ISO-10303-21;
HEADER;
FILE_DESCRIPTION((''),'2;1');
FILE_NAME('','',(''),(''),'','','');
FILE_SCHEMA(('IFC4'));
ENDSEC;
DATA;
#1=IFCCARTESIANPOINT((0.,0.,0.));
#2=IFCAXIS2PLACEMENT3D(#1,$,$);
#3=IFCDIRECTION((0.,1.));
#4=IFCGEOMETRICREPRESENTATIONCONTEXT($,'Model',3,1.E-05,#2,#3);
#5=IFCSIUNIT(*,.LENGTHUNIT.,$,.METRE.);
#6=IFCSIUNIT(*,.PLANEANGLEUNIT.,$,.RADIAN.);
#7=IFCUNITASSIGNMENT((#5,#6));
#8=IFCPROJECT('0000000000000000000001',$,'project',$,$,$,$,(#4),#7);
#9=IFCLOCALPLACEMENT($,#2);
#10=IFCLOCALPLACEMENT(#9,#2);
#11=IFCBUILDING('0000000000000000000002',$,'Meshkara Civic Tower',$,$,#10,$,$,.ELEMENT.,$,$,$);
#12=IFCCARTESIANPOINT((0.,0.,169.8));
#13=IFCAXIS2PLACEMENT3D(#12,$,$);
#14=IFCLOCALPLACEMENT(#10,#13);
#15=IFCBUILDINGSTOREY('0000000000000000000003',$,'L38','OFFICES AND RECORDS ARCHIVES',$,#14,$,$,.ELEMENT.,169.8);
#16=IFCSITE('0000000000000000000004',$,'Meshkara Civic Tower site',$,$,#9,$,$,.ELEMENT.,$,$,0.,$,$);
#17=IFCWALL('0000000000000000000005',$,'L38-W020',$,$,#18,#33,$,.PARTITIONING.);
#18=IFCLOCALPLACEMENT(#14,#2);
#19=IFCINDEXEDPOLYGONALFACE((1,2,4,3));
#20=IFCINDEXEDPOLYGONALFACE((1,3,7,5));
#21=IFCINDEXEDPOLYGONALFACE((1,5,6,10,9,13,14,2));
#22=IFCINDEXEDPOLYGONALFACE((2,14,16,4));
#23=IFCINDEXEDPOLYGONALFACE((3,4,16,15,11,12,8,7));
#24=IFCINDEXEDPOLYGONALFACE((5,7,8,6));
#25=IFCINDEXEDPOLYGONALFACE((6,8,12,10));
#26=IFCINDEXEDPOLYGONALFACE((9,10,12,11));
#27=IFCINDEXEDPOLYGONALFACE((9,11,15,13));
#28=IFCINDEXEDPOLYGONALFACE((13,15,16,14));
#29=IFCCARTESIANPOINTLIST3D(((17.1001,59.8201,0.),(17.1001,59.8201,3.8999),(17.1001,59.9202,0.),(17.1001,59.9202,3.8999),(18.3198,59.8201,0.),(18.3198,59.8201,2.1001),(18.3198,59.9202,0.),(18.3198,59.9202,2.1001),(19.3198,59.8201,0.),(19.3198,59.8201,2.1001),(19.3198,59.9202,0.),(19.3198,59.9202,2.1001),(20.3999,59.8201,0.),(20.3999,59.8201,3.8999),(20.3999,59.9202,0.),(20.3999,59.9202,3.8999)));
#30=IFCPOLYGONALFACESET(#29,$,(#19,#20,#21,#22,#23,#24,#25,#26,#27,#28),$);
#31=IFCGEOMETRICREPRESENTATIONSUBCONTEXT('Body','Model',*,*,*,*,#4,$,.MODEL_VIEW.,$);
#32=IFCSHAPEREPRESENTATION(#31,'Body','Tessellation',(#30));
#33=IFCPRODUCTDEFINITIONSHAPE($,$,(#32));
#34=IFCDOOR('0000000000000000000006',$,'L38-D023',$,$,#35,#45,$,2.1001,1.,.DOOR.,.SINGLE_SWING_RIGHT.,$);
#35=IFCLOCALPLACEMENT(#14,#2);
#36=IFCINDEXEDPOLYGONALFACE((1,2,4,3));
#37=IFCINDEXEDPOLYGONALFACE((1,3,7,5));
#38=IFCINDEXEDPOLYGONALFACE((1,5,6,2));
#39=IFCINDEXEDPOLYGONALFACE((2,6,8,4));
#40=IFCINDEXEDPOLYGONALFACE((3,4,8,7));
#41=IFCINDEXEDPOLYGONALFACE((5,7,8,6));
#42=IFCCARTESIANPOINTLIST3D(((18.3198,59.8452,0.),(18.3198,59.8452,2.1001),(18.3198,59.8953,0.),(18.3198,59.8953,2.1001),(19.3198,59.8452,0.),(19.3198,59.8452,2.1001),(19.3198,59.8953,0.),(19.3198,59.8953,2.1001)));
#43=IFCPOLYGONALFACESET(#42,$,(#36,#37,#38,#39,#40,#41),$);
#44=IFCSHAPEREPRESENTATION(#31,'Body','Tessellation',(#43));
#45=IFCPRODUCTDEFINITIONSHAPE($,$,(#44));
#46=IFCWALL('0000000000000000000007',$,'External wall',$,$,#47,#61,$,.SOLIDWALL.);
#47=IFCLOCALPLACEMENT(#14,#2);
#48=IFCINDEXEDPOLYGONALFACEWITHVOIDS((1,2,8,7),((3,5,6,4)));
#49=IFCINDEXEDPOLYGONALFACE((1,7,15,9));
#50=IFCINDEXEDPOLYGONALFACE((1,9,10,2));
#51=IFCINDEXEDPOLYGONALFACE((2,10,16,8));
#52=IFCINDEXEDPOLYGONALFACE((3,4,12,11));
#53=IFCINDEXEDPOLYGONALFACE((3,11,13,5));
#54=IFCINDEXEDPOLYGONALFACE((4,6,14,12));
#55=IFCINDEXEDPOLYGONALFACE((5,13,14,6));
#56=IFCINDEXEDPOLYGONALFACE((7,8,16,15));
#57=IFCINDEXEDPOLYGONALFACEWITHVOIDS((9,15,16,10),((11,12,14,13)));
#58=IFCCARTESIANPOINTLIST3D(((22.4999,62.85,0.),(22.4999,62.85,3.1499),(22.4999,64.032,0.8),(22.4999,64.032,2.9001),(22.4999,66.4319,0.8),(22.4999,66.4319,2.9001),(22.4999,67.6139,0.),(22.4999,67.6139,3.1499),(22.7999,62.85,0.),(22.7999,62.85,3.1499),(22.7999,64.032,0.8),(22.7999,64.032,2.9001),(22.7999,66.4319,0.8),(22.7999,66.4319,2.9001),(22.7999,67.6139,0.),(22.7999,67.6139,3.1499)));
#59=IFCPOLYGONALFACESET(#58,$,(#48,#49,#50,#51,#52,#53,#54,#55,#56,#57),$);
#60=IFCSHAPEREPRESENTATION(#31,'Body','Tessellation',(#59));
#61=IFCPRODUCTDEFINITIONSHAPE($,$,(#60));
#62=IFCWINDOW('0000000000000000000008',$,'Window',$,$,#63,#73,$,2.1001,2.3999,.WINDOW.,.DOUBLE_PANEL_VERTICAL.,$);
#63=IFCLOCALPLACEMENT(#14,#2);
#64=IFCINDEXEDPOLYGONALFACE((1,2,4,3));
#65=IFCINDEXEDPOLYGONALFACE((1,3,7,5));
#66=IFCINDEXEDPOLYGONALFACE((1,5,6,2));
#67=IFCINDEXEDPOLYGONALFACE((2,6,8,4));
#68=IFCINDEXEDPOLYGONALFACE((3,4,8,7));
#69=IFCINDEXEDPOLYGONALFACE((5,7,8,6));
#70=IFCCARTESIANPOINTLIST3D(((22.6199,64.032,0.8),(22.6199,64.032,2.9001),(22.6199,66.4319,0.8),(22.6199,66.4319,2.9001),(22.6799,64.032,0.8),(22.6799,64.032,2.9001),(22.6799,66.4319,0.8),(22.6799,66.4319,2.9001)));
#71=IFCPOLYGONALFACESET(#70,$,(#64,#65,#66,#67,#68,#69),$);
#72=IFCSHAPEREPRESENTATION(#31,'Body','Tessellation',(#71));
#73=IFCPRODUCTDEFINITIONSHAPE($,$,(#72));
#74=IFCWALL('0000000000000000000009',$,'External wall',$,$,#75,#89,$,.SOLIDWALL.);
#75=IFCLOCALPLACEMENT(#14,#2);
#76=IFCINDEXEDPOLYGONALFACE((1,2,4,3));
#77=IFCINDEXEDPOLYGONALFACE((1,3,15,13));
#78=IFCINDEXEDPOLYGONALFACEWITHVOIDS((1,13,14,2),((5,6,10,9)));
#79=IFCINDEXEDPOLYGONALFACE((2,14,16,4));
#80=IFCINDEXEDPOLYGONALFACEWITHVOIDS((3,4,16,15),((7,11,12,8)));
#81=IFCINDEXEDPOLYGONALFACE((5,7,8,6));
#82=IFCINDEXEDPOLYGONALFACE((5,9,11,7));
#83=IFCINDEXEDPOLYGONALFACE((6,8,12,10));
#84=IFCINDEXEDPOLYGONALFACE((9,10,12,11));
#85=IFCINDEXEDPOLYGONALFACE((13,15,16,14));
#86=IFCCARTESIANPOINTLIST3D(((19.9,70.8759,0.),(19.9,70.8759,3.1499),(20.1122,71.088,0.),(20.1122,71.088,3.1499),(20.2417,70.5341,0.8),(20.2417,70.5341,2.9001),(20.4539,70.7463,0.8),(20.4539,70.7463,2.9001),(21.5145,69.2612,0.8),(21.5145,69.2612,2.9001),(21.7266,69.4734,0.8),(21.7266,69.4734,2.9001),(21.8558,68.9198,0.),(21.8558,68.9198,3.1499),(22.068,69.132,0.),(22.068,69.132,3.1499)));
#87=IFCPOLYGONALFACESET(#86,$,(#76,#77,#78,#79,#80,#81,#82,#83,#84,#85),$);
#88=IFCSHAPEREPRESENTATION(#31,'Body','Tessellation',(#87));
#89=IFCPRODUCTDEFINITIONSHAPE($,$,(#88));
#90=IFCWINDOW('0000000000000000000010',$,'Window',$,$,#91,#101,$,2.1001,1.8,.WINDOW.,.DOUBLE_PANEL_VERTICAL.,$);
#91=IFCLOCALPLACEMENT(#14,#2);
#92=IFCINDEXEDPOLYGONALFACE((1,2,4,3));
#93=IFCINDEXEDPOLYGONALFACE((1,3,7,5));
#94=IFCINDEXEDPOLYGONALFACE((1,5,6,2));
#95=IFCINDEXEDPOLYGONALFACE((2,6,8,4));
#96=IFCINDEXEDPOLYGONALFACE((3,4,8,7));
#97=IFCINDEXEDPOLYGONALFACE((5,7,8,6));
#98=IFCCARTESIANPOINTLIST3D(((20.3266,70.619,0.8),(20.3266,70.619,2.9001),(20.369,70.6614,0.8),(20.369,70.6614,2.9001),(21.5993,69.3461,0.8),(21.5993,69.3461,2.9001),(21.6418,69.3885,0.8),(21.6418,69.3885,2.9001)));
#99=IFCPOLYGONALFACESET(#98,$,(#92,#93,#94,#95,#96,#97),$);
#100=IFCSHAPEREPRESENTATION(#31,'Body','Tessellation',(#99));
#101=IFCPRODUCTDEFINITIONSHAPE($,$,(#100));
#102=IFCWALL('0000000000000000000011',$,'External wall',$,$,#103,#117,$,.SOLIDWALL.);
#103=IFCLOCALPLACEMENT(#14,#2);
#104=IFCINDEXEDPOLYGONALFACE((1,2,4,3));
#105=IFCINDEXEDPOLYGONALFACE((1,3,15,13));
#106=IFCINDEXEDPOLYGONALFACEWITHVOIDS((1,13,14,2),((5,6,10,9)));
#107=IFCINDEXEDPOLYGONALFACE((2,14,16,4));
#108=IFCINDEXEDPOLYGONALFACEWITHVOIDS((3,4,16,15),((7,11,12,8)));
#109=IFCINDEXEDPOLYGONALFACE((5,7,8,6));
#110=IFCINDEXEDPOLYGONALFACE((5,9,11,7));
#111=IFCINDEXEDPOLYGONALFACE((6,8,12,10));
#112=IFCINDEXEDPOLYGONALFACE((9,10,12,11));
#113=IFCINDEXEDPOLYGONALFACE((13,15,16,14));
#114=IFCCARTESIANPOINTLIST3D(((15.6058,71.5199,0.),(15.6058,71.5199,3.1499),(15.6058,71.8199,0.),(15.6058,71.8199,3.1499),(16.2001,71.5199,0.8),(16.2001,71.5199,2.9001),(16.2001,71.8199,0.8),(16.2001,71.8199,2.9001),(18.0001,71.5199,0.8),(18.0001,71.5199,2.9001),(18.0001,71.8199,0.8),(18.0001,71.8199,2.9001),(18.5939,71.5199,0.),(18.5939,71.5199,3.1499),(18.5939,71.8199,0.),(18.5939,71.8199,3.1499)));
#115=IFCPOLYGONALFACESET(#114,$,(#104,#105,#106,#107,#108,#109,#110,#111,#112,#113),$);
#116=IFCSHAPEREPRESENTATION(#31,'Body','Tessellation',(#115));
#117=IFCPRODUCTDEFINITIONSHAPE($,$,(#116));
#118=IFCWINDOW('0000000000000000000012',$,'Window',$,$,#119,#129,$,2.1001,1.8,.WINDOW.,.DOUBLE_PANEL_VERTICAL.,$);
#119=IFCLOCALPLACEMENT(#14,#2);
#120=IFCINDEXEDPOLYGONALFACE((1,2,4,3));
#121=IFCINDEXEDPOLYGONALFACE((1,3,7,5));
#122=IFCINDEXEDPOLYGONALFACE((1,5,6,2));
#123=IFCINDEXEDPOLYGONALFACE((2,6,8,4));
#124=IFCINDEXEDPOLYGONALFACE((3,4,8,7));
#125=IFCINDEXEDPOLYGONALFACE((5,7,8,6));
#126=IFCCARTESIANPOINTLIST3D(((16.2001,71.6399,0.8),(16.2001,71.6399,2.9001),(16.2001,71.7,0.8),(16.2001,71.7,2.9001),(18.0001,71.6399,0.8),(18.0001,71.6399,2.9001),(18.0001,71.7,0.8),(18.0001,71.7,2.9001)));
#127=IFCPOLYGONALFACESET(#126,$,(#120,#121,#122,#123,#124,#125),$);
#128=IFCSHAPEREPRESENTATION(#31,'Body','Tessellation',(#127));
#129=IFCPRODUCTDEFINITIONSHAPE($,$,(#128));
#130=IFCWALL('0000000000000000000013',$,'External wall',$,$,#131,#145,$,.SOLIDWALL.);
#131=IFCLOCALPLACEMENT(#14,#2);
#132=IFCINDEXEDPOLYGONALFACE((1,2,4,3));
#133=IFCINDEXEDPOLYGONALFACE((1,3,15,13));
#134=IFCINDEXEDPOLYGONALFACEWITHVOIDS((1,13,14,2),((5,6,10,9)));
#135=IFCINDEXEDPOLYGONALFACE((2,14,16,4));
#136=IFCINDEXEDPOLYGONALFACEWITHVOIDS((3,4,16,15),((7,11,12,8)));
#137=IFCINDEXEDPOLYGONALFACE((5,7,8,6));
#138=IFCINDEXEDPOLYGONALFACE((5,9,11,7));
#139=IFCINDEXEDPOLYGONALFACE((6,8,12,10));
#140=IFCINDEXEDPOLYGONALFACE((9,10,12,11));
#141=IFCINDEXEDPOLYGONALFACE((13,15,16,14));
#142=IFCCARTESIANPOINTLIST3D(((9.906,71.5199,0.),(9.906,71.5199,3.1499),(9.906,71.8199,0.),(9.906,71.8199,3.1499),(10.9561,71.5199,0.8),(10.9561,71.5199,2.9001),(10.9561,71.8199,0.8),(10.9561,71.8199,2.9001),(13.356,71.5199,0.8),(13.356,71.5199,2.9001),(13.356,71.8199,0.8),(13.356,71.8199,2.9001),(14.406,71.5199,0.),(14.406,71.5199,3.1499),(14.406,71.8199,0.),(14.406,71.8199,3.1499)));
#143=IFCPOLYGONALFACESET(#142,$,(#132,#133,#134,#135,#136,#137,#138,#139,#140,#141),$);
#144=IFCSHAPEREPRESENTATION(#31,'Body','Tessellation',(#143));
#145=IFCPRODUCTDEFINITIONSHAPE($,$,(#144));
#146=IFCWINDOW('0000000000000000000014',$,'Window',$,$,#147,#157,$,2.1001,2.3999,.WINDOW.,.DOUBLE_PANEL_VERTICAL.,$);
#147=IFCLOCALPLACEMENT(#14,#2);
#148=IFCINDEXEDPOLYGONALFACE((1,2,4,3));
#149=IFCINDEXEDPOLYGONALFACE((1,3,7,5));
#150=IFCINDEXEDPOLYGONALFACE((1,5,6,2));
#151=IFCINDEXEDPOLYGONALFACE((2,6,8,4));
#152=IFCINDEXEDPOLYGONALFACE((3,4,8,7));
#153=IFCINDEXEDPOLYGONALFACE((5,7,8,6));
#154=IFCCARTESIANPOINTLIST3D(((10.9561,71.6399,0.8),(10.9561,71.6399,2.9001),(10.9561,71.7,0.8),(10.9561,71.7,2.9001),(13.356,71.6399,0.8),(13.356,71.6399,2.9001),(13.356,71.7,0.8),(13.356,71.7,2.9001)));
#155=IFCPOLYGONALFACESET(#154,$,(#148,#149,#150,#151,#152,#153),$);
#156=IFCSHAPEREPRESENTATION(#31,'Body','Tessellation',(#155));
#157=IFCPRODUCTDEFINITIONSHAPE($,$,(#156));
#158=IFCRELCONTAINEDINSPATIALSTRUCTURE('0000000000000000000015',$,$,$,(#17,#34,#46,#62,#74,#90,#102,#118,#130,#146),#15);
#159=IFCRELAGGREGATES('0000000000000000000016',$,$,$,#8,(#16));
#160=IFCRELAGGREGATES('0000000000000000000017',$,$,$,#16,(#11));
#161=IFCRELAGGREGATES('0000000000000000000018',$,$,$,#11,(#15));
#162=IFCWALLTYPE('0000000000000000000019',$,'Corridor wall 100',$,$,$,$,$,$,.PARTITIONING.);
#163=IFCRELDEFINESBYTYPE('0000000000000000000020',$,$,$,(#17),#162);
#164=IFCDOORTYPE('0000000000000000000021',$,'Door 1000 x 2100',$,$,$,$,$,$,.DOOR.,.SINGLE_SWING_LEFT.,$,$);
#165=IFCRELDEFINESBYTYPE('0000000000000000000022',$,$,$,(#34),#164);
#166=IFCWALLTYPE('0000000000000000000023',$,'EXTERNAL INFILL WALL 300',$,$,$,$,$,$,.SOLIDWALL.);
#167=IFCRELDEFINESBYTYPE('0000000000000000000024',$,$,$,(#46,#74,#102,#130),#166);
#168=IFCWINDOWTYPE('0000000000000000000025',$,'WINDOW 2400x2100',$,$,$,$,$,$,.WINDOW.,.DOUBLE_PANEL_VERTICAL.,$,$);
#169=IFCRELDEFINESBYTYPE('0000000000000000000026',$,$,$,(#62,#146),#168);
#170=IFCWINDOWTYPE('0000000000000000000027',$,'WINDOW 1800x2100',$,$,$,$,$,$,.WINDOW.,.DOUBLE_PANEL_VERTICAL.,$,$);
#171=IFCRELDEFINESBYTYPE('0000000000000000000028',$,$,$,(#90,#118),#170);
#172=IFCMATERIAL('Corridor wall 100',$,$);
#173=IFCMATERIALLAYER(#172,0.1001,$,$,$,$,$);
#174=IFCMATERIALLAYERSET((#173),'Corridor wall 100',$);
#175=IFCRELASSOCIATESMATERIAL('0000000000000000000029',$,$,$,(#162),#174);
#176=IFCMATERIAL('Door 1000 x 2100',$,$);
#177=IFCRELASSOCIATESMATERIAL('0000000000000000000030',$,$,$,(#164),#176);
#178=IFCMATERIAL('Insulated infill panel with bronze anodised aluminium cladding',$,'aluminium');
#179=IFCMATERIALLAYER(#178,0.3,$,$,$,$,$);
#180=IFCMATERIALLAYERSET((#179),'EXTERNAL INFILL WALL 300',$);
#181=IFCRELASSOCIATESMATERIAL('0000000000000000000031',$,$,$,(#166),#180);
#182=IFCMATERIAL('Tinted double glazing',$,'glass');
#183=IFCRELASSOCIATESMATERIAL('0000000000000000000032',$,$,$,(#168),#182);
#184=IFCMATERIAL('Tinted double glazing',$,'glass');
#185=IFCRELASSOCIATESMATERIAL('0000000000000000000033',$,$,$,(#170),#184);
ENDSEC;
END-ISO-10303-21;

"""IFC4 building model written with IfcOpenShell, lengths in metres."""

from ifc_helpers import new_model, si_unit, direction, frame, frame_2d, origin, place, context, subcontext, project, spatial, rectangle, extrude, material, layer, layer_set, type_object, element, fill, save


model = new_model("IFC4")

# Units and contexts
model_context = context("Model", 3, precision=1e-05, world=origin(), true_north=direction((0.0, 1.0)))
body_context = subcontext(model_context, "Body", "Model", "MODEL_VIEW")
ifc_project = project(units=[si_unit("LENGTHUNIT", "METRE"), si_unit("PLANEANGLEUNIT", "RADIAN")], contexts=[model_context])

# Site, building, storey
site_placement = place(None, origin())
site = spatial("IfcSite", under=ifc_project, at=site_placement, Name="Meshkara Civic Tower site", CompositionType="ELEMENT", RefElevation=0.0)
building_placement = place(site_placement, origin())
building = spatial("IfcBuilding", under=site, at=building_placement, Name="Meshkara Civic Tower", CompositionType="ELEMENT")
storey_placement = place(building_placement, frame((0.0, 0.0, 169.8)))
storey = spatial("IfcBuildingStorey", under=building, at=storey_placement, Name="L38", Description="OFFICES AND RECORDS ARCHIVES", CompositionType="ELEMENT", Elevation=169.8)

# Shared definitions
ifc_material_1 = material(Name="Corridor wall 100")
ifc_layer_1 = layer(ifc_material_1, 0.1001)
ifc_layer_set_1 = layer_set([ifc_layer_1], Name="Corridor wall 100")
wall_type_1 = type_object("IfcWallType", Name="Corridor wall 100", PredefinedType="PARTITIONING", material=ifc_layer_set_1)
ifc_material_2 = material(Name="Door 1000 x 2100")
door_type_1 = type_object("IfcDoorType", Name="Door 1000 x 2100", OperationType="SINGLE_SWING_LEFT", PredefinedType="DOOR", material=ifc_material_2)

# Wall, opening, door
wall_1_placement = place(storey_placement, frame((20.3999, 59.8701, 0.0), z_axis=(0.0, 0.0, 1.0), x_axis=(-1.0, 0.0, 0.0)))
wall_1 = element("IfcWall", 1, at=wall_1_placement, inside=storey, type_object=wall_type_1, Name="L38-W020", PredefinedType="PARTITIONING", context=body_context, shape_type="SweptSolid", body=[
    extrude(rectangle(XDim=3.2998, YDim=0.1001, at=frame_2d((1.6499, 0.0))), origin(), (0.0, 0.0, 1.0), 3.8999),
])
opening_1_placement = place(wall_1_placement, frame((1.0801, 0.0, 0.0)))
opening_1 = element("IfcOpeningElement", 2, at=opening_1_placement, cuts=wall_1, PredefinedType="OPENING", context=body_context, shape_type="SweptSolid", body=[
    extrude(rectangle(XDim=1.0, YDim=2.1001, at=frame_2d((0.5, 1.05))), frame((0.0, 0.0601, 0.0), z_axis=(0.0, -1.0, 0.0), x_axis=(1.0, 0.0, 0.0)), (0.0, 0.0, 1.0), 0.1201),
])
door_1_placement = place(opening_1_placement, origin())
door_1 = element("IfcDoor", 3, at=door_1_placement, inside=storey, type_object=door_type_1, Name="L38-D023", OperationType="SINGLE_SWING_RIGHT", OverallHeight=2.1001, OverallWidth=1.0, PredefinedType="DOOR", context=body_context, shape_type="SweptSolid", body=[
    extrude(rectangle(XDim=1.0, YDim=2.1001, at=frame_2d((0.5, 1.05))), frame((0.0, 0.0249, 0.0), z_axis=(0.0, -1.0, 0.0), x_axis=(1.0, 0.0, 0.0)), (0.0, 0.0, 1.0), 0.05),
])
fill(opening_1, door_1)

# Walls, openings, windows
ifc_material_3 = material(Name="Insulated infill panel with bronze anodised aluminium cladding", Category="aluminium")
ifc_layer_2 = layer(ifc_material_3, 0.3)
ifc_layer_set_2 = layer_set([ifc_layer_2], Name="EXTERNAL INFILL WALL 300")
wall_type_2 = type_object("IfcWallType", Name="EXTERNAL INFILL WALL 300", PredefinedType="SOLIDWALL", material=ifc_layer_set_2)
wall_2_placement = place(storey_placement, frame((22.6499, 62.8501, 0.0), z_axis=(0.0, 0.0, 1.0), x_axis=(0.0, 1.0, 0.0)))
wall_2 = element("IfcWall", 4, at=wall_2_placement, inside=storey, type_object=wall_type_2, Name="External wall", PredefinedType="SOLIDWALL", context=body_context, shape_type="SweptSolid", body=[
    extrude(rectangle(XDim=4.7639, YDim=0.3, at=frame_2d((2.3818, 0.0))), origin(), (0.0, 0.0, 1.0), 3.1499),
])
opening_2_placement = place(wall_2_placement, frame((1.1819, 0.0, 0.8)))
opening_2 = element("IfcOpeningElement", 5, at=opening_2_placement, cuts=wall_2, PredefinedType="OPENING", context=body_context, shape_type="SweptSolid", body=[
    extrude(rectangle(XDim=2.3999, YDim=2.1001, at=frame_2d((1.2, 1.05))), frame((0.0, 0.1599, 0.0), z_axis=(0.0, -1.0, 0.0), x_axis=(1.0, 0.0, 0.0)), (0.0, 0.0, 1.0), 0.3201),
])
ifc_material_4 = material(Name="Tinted double glazing", Category="glass")
window_type_1 = type_object("IfcWindowType", Name="WINDOW 2400x2100", PartitioningType="DOUBLE_PANEL_VERTICAL", PredefinedType="WINDOW", material=ifc_material_4)
window_1_placement = place(opening_2_placement, origin())
window_1 = element("IfcWindow", 6, at=window_1_placement, inside=storey, type_object=window_type_1, Name="Window", OverallHeight=2.1001, OverallWidth=2.3999, PartitioningType="DOUBLE_PANEL_VERTICAL", PredefinedType="WINDOW", context=body_context, shape_type="SweptSolid", body=[
    extrude(rectangle(XDim=2.3999, YDim=2.1001, at=frame_2d((1.2, 1.05))), frame((0.0, 0.03, 0.0), z_axis=(0.0, -1.0, 0.0), x_axis=(1.0, 0.0, 0.0)), (0.0, 0.0, 1.0), 0.0601),
])
fill(opening_2, window_1)
wall_3_placement = place(storey_placement, frame((21.9619, 69.0259, 0.0), z_axis=(0.0, 0.0, 1.0), x_axis=(-0.707063, 0.707151, 0.0)))
wall_3 = element("IfcWall", 7, at=wall_3_placement, inside=storey, type_object=wall_type_2, Name="External wall", PredefinedType="SOLIDWALL", context=body_context, shape_type="SweptSolid", body=[
    extrude(rectangle(XDim=2.7661, YDim=0.3, at=frame_2d((1.3831, 0.0))), origin(), (0.0, 0.0, 1.0), 3.1499),
])
opening_3_placement = place(wall_3_placement, frame((0.4829, 0.0, 0.8)))
opening_3 = element("IfcOpeningElement", 8, at=opening_3_placement, cuts=wall_3, PredefinedType="OPENING", context=body_context, shape_type="SweptSolid", body=[
    extrude(rectangle(XDim=1.8, YDim=2.1001, at=frame_2d((0.8999, 1.05))), frame((0.0, 0.1599, 0.0), z_axis=(0.0, -1.0, 0.0), x_axis=(1.0, 0.0, 0.0)), (0.0, 0.0, 1.0), 0.3201),
])
ifc_material_5 = material(Name="Tinted double glazing", Category="glass")
window_type_2 = type_object("IfcWindowType", Name="WINDOW 1800x2100", PartitioningType="DOUBLE_PANEL_VERTICAL", PredefinedType="WINDOW", material=ifc_material_5)
window_2_placement = place(opening_3_placement, origin())
window_2 = element("IfcWindow", 9, at=window_2_placement, inside=storey, type_object=window_type_2, Name="Window", OverallHeight=2.1001, OverallWidth=1.8, PartitioningType="DOUBLE_PANEL_VERTICAL", PredefinedType="WINDOW", context=body_context, shape_type="SweptSolid", body=[
    extrude(rectangle(XDim=1.8, YDim=2.1001, at=frame_2d((0.8999, 1.05))), frame((0.0, 0.03, 0.0), z_axis=(0.0, -1.0, 0.0), x_axis=(1.0, 0.0, 0.0)), (0.0, 0.0, 1.0), 0.0601),
])
fill(opening_3, window_2)
wall_4_placement = place(storey_placement, frame((18.594, 71.6699, 0.0), z_axis=(0.0, 0.0, 1.0), x_axis=(-1.0, 0.0, 0.0)))
wall_4 = element("IfcWall", 10, at=wall_4_placement, inside=storey, type_object=wall_type_2, Name="External wall", PredefinedType="SOLIDWALL", context=body_context, shape_type="SweptSolid", body=[
    extrude(rectangle(XDim=2.988, YDim=0.3, at=frame_2d((1.4941, 0.0))), origin(), (0.0, 0.0, 1.0), 3.1499),
])
opening_4_placement = place(wall_4_placement, frame((0.594, 0.0, 0.8)))
opening_4 = element("IfcOpeningElement", 11, at=opening_4_placement, cuts=wall_4, PredefinedType="OPENING", context=body_context, shape_type="SweptSolid", body=[
    extrude(rectangle(XDim=1.8, YDim=2.1001, at=frame_2d((0.8999, 1.05))), frame((0.0, 0.1599, 0.0), z_axis=(0.0, -1.0, 0.0), x_axis=(1.0, 0.0, 0.0)), (0.0, 0.0, 1.0), 0.3201),
])
window_3_placement = place(opening_4_placement, origin())
window_3 = element("IfcWindow", 12, at=window_3_placement, inside=storey, type_object=window_type_2, Name="Window", OverallHeight=2.1001, OverallWidth=1.8, PartitioningType="DOUBLE_PANEL_VERTICAL", PredefinedType="WINDOW", context=body_context, shape_type="SweptSolid", body=[
    extrude(rectangle(XDim=1.8, YDim=2.1001, at=frame_2d((0.8999, 1.05))), frame((0.0, 0.03, 0.0), z_axis=(0.0, -1.0, 0.0), x_axis=(1.0, 0.0, 0.0)), (0.0, 0.0, 1.0), 0.0601),
])
fill(opening_4, window_3)
wall_5_placement = place(storey_placement, frame((14.406, 71.6699, 0.0), z_axis=(0.0, 0.0, 1.0), x_axis=(-1.0, 0.0, 0.0)))
wall_5 = element("IfcWall", 13, at=wall_5_placement, inside=storey, type_object=wall_type_2, Name="External wall", PredefinedType="SOLIDWALL", context=body_context, shape_type="SweptSolid", body=[
    extrude(rectangle(XDim=4.5, YDim=0.3, at=frame_2d((2.25, 0.0))), origin(), (0.0, 0.0, 1.0), 3.1499),
])
opening_5_placement = place(wall_5_placement, frame((1.05, 0.0, 0.8)))
opening_5 = element("IfcOpeningElement", 14, at=opening_5_placement, cuts=wall_5, PredefinedType="OPENING", context=body_context, shape_type="SweptSolid", body=[
    extrude(rectangle(XDim=2.3999, YDim=2.1001, at=frame_2d((1.2, 1.05))), frame((0.0, 0.1599, 0.0), z_axis=(0.0, -1.0, 0.0), x_axis=(1.0, 0.0, 0.0)), (0.0, 0.0, 1.0), 0.3201),
])
window_4_placement = place(opening_5_placement, origin())
window_4 = element("IfcWindow", 15, at=window_4_placement, inside=storey, type_object=window_type_1, Name="Window", OverallHeight=2.1001, OverallWidth=2.3999, PartitioningType="DOUBLE_PANEL_VERTICAL", PredefinedType="WINDOW", context=body_context, shape_type="SweptSolid", body=[
    extrude(rectangle(XDim=2.3999, YDim=2.1001, at=frame_2d((1.2, 1.05))), frame((0.0, 0.03, 0.0), z_axis=(0.0, -1.0, 0.0), x_axis=(1.0, 0.0, 0.0)), (0.0, 0.0, 1.0), 0.0601),
])
fill(opening_5, window_4)

save(model, "model.ifc")
